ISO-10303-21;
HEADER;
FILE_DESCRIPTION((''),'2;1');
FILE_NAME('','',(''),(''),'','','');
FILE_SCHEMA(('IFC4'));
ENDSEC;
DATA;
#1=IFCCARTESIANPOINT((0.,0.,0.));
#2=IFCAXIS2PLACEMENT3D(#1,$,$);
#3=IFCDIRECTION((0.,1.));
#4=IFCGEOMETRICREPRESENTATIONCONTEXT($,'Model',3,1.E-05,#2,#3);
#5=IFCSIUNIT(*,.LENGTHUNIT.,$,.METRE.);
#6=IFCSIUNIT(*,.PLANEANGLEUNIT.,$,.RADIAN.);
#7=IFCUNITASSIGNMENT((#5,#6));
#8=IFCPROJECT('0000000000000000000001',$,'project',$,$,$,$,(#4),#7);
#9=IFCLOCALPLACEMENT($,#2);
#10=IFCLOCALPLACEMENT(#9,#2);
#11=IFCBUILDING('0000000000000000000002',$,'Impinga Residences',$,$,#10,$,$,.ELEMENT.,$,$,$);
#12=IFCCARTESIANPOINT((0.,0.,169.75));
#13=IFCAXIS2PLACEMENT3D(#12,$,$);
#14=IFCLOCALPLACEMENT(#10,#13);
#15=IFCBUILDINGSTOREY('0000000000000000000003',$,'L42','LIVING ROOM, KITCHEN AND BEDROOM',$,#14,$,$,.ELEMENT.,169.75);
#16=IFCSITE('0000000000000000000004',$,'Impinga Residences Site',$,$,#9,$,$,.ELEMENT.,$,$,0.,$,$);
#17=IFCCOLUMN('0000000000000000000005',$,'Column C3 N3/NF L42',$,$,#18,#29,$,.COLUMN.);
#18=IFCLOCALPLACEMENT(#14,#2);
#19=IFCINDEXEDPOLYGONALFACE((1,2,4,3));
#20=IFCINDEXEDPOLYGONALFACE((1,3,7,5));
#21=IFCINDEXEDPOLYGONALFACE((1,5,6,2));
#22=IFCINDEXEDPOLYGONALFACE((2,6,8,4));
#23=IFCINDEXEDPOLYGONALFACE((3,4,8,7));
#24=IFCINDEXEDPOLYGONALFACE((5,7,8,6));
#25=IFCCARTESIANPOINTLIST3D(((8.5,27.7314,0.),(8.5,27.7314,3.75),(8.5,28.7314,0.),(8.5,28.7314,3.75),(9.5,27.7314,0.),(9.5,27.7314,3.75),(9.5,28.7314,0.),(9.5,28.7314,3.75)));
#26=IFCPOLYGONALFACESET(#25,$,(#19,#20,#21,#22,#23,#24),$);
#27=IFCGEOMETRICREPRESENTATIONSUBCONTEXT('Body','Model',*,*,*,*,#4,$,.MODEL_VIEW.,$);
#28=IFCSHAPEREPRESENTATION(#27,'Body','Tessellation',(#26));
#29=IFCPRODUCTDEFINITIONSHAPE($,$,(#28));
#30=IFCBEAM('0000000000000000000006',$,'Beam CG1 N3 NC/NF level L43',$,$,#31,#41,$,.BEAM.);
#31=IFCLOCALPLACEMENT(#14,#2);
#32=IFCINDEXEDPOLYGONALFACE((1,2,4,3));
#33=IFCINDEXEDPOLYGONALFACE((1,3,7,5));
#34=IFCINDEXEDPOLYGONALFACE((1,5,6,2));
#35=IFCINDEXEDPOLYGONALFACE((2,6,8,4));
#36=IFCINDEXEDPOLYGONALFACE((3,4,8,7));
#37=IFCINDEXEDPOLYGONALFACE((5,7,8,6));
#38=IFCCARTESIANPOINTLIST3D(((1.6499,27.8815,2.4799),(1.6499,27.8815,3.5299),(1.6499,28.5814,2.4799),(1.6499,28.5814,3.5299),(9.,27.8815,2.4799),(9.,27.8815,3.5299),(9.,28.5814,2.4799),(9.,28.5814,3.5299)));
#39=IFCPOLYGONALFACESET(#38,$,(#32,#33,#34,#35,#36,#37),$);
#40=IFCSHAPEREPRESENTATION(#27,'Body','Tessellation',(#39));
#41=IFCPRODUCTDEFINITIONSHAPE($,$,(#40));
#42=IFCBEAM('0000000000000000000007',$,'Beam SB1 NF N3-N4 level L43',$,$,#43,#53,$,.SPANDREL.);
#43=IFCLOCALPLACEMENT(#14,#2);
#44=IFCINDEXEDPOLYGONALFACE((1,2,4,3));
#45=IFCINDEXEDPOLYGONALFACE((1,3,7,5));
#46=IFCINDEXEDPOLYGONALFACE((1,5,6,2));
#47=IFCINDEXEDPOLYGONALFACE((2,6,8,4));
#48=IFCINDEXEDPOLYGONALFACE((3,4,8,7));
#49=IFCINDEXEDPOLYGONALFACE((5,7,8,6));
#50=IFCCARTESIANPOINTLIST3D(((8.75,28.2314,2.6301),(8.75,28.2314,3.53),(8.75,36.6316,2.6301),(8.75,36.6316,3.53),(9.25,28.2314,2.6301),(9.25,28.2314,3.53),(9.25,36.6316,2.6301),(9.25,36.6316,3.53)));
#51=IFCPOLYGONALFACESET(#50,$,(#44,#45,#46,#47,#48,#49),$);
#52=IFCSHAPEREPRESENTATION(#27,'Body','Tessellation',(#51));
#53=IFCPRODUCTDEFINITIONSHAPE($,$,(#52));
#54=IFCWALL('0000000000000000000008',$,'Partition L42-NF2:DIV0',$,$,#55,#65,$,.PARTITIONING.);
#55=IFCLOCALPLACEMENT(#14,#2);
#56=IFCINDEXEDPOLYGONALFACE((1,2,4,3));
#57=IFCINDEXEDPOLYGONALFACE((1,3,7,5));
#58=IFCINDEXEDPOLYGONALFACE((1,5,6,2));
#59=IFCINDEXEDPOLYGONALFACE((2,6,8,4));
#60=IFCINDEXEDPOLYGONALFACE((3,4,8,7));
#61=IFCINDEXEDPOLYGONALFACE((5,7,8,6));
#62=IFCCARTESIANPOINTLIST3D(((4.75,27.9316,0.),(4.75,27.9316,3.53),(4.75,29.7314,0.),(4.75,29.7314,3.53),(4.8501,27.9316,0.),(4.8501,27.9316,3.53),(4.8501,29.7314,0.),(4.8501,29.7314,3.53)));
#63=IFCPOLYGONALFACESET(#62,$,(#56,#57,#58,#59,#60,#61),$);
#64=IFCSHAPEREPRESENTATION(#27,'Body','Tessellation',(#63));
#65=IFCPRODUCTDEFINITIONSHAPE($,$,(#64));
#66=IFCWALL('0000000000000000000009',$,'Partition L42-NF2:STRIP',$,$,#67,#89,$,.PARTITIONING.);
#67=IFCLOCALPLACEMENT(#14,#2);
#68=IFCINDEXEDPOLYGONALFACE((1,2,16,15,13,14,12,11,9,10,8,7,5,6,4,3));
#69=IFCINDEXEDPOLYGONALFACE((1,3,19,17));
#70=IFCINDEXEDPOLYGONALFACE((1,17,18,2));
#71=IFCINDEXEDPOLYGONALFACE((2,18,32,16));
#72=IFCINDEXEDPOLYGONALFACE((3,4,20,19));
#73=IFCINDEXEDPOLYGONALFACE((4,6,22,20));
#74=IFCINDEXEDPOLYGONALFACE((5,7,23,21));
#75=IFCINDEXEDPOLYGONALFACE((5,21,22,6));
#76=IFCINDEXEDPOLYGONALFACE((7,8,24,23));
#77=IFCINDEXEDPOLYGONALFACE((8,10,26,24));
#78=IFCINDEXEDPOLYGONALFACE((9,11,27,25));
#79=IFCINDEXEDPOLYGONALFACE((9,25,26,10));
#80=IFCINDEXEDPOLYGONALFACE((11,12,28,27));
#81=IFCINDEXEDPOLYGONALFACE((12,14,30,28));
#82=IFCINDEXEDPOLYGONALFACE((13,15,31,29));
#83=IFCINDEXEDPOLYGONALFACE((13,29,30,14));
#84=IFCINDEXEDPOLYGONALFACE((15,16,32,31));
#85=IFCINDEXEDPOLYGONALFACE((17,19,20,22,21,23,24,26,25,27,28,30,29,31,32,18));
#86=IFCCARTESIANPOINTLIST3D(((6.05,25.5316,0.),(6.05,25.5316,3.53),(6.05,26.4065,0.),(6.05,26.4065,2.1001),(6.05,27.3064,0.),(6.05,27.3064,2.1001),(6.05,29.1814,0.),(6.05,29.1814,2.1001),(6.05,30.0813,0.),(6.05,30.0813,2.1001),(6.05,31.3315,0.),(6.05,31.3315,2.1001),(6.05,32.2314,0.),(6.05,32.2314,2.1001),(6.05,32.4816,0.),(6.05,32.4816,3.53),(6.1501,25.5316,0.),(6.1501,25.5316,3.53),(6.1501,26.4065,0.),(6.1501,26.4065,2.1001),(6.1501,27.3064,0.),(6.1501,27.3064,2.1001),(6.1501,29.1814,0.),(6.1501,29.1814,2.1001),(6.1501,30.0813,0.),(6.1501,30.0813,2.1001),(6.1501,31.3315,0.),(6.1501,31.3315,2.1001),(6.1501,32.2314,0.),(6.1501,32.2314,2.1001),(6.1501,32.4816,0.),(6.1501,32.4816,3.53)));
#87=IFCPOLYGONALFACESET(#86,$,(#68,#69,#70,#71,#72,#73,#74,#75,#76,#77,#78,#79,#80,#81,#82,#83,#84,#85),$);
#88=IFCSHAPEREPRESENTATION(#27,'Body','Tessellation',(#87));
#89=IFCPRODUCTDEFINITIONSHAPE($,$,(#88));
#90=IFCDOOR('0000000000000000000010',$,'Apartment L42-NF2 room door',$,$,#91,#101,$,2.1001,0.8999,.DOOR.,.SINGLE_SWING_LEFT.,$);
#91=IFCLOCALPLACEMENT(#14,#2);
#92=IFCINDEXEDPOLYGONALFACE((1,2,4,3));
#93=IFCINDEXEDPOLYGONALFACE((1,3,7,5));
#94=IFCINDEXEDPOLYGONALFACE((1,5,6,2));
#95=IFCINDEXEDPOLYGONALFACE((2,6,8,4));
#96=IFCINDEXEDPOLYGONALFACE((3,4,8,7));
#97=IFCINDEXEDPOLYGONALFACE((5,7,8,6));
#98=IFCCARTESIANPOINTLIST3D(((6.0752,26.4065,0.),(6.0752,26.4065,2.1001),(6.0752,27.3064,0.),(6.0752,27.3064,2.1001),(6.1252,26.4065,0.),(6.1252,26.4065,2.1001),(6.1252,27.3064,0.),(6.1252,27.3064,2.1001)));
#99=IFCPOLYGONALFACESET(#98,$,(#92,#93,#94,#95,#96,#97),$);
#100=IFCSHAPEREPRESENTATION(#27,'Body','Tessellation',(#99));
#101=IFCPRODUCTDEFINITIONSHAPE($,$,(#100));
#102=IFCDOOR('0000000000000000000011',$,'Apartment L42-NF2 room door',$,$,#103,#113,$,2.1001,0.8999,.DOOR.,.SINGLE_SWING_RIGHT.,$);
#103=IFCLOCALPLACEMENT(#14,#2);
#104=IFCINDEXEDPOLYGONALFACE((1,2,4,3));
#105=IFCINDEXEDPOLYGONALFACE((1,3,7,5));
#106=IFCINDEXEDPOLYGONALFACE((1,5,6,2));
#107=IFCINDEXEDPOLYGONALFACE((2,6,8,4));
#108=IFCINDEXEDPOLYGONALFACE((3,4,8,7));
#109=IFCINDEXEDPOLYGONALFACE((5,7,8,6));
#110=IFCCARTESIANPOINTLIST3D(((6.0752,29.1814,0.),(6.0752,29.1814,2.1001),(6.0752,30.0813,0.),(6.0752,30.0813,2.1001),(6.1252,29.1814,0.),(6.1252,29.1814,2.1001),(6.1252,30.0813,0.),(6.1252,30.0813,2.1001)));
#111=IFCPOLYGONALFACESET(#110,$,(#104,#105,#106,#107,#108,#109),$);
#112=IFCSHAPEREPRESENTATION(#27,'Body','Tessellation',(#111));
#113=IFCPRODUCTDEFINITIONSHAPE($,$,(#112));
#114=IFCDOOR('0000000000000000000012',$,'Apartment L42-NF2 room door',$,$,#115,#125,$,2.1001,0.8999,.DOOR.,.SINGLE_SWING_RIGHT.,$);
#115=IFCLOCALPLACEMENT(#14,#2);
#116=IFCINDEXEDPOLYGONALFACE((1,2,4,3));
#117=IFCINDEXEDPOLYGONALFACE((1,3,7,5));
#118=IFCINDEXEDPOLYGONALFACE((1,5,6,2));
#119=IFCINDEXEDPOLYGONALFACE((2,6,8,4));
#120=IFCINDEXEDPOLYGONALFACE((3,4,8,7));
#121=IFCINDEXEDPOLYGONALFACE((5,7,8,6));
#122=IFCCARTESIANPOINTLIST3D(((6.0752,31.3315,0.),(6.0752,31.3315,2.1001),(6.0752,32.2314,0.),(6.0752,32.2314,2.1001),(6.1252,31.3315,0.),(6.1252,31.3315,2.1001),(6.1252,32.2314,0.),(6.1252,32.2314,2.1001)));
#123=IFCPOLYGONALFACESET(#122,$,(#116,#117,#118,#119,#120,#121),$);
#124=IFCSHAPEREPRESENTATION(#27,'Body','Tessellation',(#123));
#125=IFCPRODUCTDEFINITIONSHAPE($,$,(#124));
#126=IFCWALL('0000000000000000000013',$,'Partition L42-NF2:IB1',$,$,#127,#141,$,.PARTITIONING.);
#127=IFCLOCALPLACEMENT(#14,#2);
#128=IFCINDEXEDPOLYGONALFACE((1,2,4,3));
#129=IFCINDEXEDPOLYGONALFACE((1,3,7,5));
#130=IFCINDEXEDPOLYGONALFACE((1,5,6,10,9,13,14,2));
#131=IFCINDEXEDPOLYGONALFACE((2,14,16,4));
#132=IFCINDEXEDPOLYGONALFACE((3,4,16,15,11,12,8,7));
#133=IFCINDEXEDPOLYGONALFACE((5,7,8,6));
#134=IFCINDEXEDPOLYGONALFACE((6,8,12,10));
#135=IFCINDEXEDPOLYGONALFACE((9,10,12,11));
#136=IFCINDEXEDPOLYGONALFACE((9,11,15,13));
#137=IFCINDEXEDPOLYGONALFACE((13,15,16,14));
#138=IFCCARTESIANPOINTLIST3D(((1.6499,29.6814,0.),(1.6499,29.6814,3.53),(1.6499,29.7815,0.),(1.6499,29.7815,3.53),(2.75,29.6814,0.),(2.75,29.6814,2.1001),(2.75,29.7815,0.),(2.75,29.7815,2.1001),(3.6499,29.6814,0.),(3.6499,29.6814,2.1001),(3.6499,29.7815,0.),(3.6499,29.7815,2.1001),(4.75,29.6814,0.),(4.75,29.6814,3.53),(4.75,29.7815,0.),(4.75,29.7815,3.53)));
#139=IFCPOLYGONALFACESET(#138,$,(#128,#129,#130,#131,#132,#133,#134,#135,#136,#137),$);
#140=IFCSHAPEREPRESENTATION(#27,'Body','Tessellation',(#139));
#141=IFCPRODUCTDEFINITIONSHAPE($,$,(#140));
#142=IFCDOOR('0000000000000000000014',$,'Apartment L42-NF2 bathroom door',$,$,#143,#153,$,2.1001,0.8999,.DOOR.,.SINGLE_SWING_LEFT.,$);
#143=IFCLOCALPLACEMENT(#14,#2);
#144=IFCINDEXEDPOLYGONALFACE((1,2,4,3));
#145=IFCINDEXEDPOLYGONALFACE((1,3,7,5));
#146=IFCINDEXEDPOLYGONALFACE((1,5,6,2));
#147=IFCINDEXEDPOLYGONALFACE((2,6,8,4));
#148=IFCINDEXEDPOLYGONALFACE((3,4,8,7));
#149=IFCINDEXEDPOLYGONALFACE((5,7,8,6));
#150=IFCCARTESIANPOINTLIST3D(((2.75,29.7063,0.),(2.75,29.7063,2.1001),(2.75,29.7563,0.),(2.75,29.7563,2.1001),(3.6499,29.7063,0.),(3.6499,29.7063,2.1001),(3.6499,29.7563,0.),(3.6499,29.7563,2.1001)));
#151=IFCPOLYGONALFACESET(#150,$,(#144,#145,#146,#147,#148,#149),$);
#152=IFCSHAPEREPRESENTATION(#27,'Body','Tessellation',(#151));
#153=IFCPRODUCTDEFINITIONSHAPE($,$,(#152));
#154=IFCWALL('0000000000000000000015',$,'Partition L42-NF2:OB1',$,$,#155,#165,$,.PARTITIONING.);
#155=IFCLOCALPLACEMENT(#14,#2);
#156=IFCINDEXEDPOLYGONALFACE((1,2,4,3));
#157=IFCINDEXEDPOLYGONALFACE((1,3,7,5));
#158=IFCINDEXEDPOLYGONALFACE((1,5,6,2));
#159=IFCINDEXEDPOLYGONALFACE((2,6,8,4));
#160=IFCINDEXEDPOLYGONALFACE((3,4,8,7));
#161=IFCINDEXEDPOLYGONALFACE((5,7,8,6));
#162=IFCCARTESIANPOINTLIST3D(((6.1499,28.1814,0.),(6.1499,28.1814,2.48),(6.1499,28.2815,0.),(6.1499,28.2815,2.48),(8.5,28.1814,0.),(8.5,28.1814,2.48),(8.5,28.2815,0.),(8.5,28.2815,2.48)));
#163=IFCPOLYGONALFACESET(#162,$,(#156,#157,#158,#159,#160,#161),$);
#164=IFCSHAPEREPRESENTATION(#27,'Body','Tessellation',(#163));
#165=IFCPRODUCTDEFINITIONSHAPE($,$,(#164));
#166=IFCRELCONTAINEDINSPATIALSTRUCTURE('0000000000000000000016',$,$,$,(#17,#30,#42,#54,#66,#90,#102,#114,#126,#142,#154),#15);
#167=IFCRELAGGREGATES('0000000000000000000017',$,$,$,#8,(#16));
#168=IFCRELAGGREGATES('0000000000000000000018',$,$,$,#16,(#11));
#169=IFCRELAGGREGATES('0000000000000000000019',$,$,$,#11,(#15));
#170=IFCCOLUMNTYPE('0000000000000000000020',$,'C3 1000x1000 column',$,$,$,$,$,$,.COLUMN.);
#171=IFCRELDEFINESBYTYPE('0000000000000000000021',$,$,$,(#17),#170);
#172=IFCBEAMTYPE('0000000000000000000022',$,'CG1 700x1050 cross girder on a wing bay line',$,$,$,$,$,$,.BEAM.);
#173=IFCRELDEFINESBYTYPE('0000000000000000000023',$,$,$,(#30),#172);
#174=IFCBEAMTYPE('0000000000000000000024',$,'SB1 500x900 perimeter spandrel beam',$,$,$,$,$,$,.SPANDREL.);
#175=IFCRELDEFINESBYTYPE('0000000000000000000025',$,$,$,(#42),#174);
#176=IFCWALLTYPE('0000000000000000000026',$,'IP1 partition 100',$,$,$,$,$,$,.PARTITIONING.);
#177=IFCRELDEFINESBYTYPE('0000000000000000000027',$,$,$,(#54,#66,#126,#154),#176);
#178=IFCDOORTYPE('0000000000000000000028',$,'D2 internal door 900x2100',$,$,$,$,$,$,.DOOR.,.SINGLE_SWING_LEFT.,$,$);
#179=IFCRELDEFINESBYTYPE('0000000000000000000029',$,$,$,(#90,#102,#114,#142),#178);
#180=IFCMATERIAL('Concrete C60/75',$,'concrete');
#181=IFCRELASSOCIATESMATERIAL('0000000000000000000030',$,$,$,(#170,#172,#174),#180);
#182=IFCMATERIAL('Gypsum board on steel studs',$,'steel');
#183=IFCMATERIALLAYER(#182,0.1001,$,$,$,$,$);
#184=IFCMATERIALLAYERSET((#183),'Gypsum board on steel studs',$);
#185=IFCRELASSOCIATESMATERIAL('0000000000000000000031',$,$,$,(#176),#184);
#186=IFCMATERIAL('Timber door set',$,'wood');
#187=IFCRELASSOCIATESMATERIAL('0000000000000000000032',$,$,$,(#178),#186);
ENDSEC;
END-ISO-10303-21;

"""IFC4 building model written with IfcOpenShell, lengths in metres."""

from ifc_helpers import new_model, si_unit, direction, frame, frame_2d, origin, origin_2d, place, context, subcontext, project, spatial, rectangle, extrude, material, layer, layer_set, material_profile, profile_set, type_object, element, fill, save


model = new_model("IFC4")

# Units and contexts
model_context = context("Model", 3, precision=1e-05, world=origin(), true_north=direction((0.0, 1.0)))
body_context = subcontext(model_context, "Body", "Model", "MODEL_VIEW")
ifc_project = project(units=[si_unit("LENGTHUNIT", "METRE"), si_unit("PLANEANGLEUNIT", "RADIAN")], contexts=[model_context])

# Site, building, storey
site_placement = place(None, origin())
site = spatial("IfcSite", under=ifc_project, at=site_placement, Name="Impinga Residences Site", CompositionType="ELEMENT", RefElevation=0.0)
building_placement = place(site_placement, origin())
building = spatial("IfcBuilding", under=site, at=building_placement, Name="Impinga Residences", CompositionType="ELEMENT")
storey_placement = place(building_placement, frame((0.0, 0.0, 169.75)))
storey = spatial("IfcBuildingStorey", under=building, at=storey_placement, Name="L42", Description="LIVING ROOM, KITCHEN AND BEDROOM", CompositionType="ELEMENT", Elevation=169.75)

# Column
ifc_material_1 = material(Name="Concrete C60/75", Category="concrete")
ifc_material_profile_1 = material_profile(ifc_material_1, rectangle(XDim=1.0, YDim=1.0, at=origin_2d()), Name="RC 1000x1000")
ifc_profile_set_1 = profile_set([ifc_material_profile_1], Name="Concrete C60/75")
column_type = type_object("IfcColumnType", Name="C3 1000x1000 column", PredefinedType="COLUMN", material=ifc_profile_set_1)
column_placement = place(storey_placement, frame((9.0, 28.2314, 0.0), z_axis=(0.0, 0.0, 1.0), x_axis=(1.0, 0.0, 0.0)))
element("IfcColumn", 1, at=column_placement, inside=storey, type_object=column_type, Name="Column C3 N3/NF L42", PredefinedType="COLUMN", context=body_context, shape_type="SweptSolid", body=[
    extrude(rectangle(XDim=1.0, YDim=1.0, at=origin_2d()), origin(), (0.0, 0.0, 1.0), 3.75),
])

# Beams
ifc_material_profile_2 = material_profile(ifc_material_1, rectangle(XDim=0.7, YDim=1.05, at=origin_2d()), Name="RC 700x1050")
ifc_profile_set_2 = profile_set([ifc_material_profile_2], Name="Concrete C60/75")
beam_type_1 = type_object("IfcBeamType", Name="CG1 700x1050 cross girder on a wing bay line", PredefinedType="BEAM", material=ifc_profile_set_2)
beam_1_placement = place(storey_placement, frame((1.6499, 28.2314, 3.0049), z_axis=(1.0, 0.0, 0.0), x_axis=(0.0, 1.0, 0.0)))
element("IfcBeam", 2, at=beam_1_placement, inside=storey, type_object=beam_type_1, Name="Beam CG1 N3 NC/NF level L43", PredefinedType="BEAM", context=body_context, shape_type="SweptSolid", body=[
    extrude(rectangle(XDim=0.7, YDim=1.05, at=origin_2d()), origin(), (0.0, 0.0, 1.0), 7.3501),
])
ifc_material_profile_3 = material_profile(ifc_material_1, rectangle(XDim=0.5, YDim=0.8999, at=origin_2d()), Name="RC 500x900")
ifc_profile_set_3 = profile_set([ifc_material_profile_3], Name="Concrete C60/75")
beam_type_2 = type_object("IfcBeamType", Name="SB1 500x900 perimeter spandrel beam", PredefinedType="SPANDREL", material=ifc_profile_set_3)
beam_2_placement = place(storey_placement, frame((9.0, 28.2314, 3.0801), z_axis=(0.0, 1.0, 0.0), x_axis=(-1.0, 0.0, 0.0)))
element("IfcBeam", 3, at=beam_2_placement, inside=storey, type_object=beam_type_2, Name="Beam SB1 NF N3-N4 level L43", PredefinedType="SPANDREL", context=body_context, shape_type="SweptSolid", body=[
    extrude(rectangle(XDim=0.5, YDim=0.8999, at=origin_2d()), origin(), (0.0, 0.0, 1.0), 8.4001),
])

# Wall
ifc_material_2 = material(Name="Gypsum board on steel studs", Category="steel")
ifc_layer_1 = layer(ifc_material_2, 0.1001)
ifc_layer_set_1 = layer_set([ifc_layer_1], Name="Gypsum board on steel studs")
wall_type_1 = type_object("IfcWallType", Name="IP1 partition 100", PredefinedType="PARTITIONING", material=ifc_layer_set_1)
wall_1_placement = place(storey_placement, frame((4.8, 27.9316, 0.0), z_axis=(0.0, 0.0, 1.0), x_axis=(0.0, 1.0, 0.0)))
element("IfcWall", 4, at=wall_1_placement, inside=storey, type_object=wall_type_1, Name="Partition L42-NF2:DIV0", PredefinedType="PARTITIONING", context=body_context, shape_type="SweptSolid", body=[
    extrude(rectangle(XDim=1.7998, YDim=0.1001, at=frame_2d((0.8999, 0.0))), origin(), (0.0, 0.0, 1.0), 3.53),
])

# Wall, openings, doors
wall_2_placement = place(storey_placement, frame((6.1001, 25.5315, 0.0), z_axis=(0.0, 0.0, 1.0), x_axis=(0.0, 1.0, 0.0)))
wall_2 = element("IfcWall", 5, at=wall_2_placement, inside=storey, type_object=wall_type_1, Name="Partition L42-NF2:STRIP", PredefinedType="PARTITIONING", context=body_context, shape_type="SweptSolid", body=[
    extrude(rectangle(XDim=6.95, YDim=0.1001, at=frame_2d((3.4751, 0.0))), origin(), (0.0, 0.0, 1.0), 3.53),
])
opening_1_placement = place(wall_2_placement, frame((0.875, 0.0, 0.0)))
opening_1 = element("IfcOpeningElement", 6, at=opening_1_placement, cuts=wall_2, PredefinedType="OPENING", context=body_context, shape_type="SweptSolid", body=[
    extrude(rectangle(XDim=0.8999, YDim=2.1001, at=frame_2d((0.45, 1.05))), frame((0.0, 0.0601, 0.0), z_axis=(0.0, -1.0, 0.0), x_axis=(1.0, 0.0, 0.0)), (0.0, 0.0, 1.0), 0.1201),
])
opening_2_placement = place(wall_2_placement, frame((3.6499, 0.0, 0.0)))
opening_2 = element("IfcOpeningElement", 7, at=opening_2_placement, cuts=wall_2, PredefinedType="OPENING", context=body_context, shape_type="SweptSolid", body=[
    extrude(rectangle(XDim=0.8999, YDim=2.1001, at=frame_2d((0.45, 1.05))), frame((0.0, 0.0601, 0.0), z_axis=(0.0, -1.0, 0.0), x_axis=(1.0, 0.0, 0.0)), (0.0, 0.0, 1.0), 0.1201),
])
opening_3_placement = place(wall_2_placement, frame((5.8, 0.0, 0.0)))
opening_3 = element("IfcOpeningElement", 8, at=opening_3_placement, cuts=wall_2, PredefinedType="OPENING", context=body_context, shape_type="SweptSolid", body=[
    extrude(rectangle(XDim=0.8999, YDim=2.1001, at=frame_2d((0.45, 1.05))), frame((0.0, 0.0601, 0.0), z_axis=(0.0, -1.0, 0.0), x_axis=(1.0, 0.0, 0.0)), (0.0, 0.0, 1.0), 0.1201),
])
ifc_material_3 = material(Name="Timber door set", Category="wood")
door_type = type_object("IfcDoorType", Name="D2 internal door 900x2100", OperationType="SINGLE_SWING_LEFT", PredefinedType="DOOR", material=ifc_material_3)
door_1_placement = place(opening_1_placement, origin())
door_1 = element("IfcDoor", 9, at=door_1_placement, inside=storey, type_object=door_type, Name="Apartment L42-NF2 room door", OperationType="SINGLE_SWING_LEFT", OverallHeight=2.1001, OverallWidth=0.8999, PredefinedType="DOOR", context=body_context, shape_type="SweptSolid", body=[
    extrude(rectangle(XDim=0.8999, YDim=2.1001, at=frame_2d((0.45, 1.05))), frame((0.0, 0.0249, 0.0), z_axis=(0.0, -1.0, 0.0), x_axis=(1.0, 0.0, 0.0)), (0.0, 0.0, 1.0), 0.05),
])
fill(opening_1, door_1)
door_2_placement = place(opening_2_placement, origin())
door_2 = element("IfcDoor", 10, at=door_2_placement, inside=storey, type_object=door_type, Name="Apartment L42-NF2 room door", OperationType="SINGLE_SWING_RIGHT", OverallHeight=2.1001, OverallWidth=0.8999, PredefinedType="DOOR", context=body_context, shape_type="SweptSolid", body=[
    extrude(rectangle(XDim=0.8999, YDim=2.1001, at=frame_2d((0.45, 1.05))), frame((0.0, 0.0249, 0.0), z_axis=(0.0, -1.0, 0.0), x_axis=(1.0, 0.0, 0.0)), (0.0, 0.0, 1.0), 0.05),
])
fill(opening_2, door_2)
door_3_placement = place(opening_3_placement, origin())
door_3 = element("IfcDoor", 11, at=door_3_placement, inside=storey, type_object=door_type, Name="Apartment L42-NF2 room door", OperationType="SINGLE_SWING_RIGHT", OverallHeight=2.1001, OverallWidth=0.8999, PredefinedType="DOOR", context=body_context, shape_type="SweptSolid", body=[
    extrude(rectangle(XDim=0.8999, YDim=2.1001, at=frame_2d((0.45, 1.05))), frame((0.0, 0.0249, 0.0), z_axis=(0.0, -1.0, 0.0), x_axis=(1.0, 0.0, 0.0)), (0.0, 0.0, 1.0), 0.05),
])
fill(opening_3, door_3)

# Wall, opening, door
wall_3_placement = place(storey_placement, frame((1.6499, 29.7314, 0.0), z_axis=(0.0, 0.0, 1.0), x_axis=(1.0, 0.0, 0.0)))
wall_3 = element("IfcWall", 12, at=wall_3_placement, inside=storey, type_object=wall_type_1, Name="Partition L42-NF2:IB1", PredefinedType="PARTITIONING", context=body_context, shape_type="SweptSolid", body=[
    extrude(rectangle(XDim=3.1001, YDim=0.1001, at=frame_2d((1.55, 0.0))), origin(), (0.0, 0.0, 1.0), 3.53),
])
opening_4_placement = place(wall_3_placement, frame((1.1001, 0.0, 0.0)))
opening_4 = element("IfcOpeningElement", 13, at=opening_4_placement, cuts=wall_3, PredefinedType="OPENING", context=body_context, shape_type="SweptSolid", body=[
    extrude(rectangle(XDim=0.8999, YDim=2.1001, at=frame_2d((0.45, 1.05))), frame((0.0, 0.0601, 0.0), z_axis=(0.0, -1.0, 0.0), x_axis=(1.0, 0.0, 0.0)), (0.0, 0.0, 1.0), 0.1201),
])
door_4_placement = place(opening_4_placement, origin())
door_4 = element("IfcDoor", 14, at=door_4_placement, inside=storey, type_object=door_type, Name="Apartment L42-NF2 bathroom door", OperationType="SINGLE_SWING_LEFT", OverallHeight=2.1001, OverallWidth=0.8999, PredefinedType="DOOR", context=body_context, shape_type="SweptSolid", body=[
    extrude(rectangle(XDim=0.8999, YDim=2.1001, at=frame_2d((0.45, 1.05))), frame((0.0, 0.0249, 0.0), z_axis=(0.0, -1.0, 0.0), x_axis=(1.0, 0.0, 0.0)), (0.0, 0.0, 1.0), 0.05),
])
fill(opening_4, door_4)

# Wall
wall_4_placement = place(storey_placement, frame((6.1499, 28.2314, 0.0), z_axis=(0.0, 0.0, 1.0), x_axis=(1.0, 0.0, 0.0)))
element("IfcWall", 15, at=wall_4_placement, inside=storey, type_object=wall_type_1, Name="Partition L42-NF2:OB1", PredefinedType="PARTITIONING", context=body_context, shape_type="SweptSolid", body=[
    extrude(rectangle(XDim=2.3501, YDim=0.1001, at=frame_2d((1.175, 0.0))), origin(), (0.0, 0.0, 1.0), 2.48),
])

save(model, "model.ifc")
